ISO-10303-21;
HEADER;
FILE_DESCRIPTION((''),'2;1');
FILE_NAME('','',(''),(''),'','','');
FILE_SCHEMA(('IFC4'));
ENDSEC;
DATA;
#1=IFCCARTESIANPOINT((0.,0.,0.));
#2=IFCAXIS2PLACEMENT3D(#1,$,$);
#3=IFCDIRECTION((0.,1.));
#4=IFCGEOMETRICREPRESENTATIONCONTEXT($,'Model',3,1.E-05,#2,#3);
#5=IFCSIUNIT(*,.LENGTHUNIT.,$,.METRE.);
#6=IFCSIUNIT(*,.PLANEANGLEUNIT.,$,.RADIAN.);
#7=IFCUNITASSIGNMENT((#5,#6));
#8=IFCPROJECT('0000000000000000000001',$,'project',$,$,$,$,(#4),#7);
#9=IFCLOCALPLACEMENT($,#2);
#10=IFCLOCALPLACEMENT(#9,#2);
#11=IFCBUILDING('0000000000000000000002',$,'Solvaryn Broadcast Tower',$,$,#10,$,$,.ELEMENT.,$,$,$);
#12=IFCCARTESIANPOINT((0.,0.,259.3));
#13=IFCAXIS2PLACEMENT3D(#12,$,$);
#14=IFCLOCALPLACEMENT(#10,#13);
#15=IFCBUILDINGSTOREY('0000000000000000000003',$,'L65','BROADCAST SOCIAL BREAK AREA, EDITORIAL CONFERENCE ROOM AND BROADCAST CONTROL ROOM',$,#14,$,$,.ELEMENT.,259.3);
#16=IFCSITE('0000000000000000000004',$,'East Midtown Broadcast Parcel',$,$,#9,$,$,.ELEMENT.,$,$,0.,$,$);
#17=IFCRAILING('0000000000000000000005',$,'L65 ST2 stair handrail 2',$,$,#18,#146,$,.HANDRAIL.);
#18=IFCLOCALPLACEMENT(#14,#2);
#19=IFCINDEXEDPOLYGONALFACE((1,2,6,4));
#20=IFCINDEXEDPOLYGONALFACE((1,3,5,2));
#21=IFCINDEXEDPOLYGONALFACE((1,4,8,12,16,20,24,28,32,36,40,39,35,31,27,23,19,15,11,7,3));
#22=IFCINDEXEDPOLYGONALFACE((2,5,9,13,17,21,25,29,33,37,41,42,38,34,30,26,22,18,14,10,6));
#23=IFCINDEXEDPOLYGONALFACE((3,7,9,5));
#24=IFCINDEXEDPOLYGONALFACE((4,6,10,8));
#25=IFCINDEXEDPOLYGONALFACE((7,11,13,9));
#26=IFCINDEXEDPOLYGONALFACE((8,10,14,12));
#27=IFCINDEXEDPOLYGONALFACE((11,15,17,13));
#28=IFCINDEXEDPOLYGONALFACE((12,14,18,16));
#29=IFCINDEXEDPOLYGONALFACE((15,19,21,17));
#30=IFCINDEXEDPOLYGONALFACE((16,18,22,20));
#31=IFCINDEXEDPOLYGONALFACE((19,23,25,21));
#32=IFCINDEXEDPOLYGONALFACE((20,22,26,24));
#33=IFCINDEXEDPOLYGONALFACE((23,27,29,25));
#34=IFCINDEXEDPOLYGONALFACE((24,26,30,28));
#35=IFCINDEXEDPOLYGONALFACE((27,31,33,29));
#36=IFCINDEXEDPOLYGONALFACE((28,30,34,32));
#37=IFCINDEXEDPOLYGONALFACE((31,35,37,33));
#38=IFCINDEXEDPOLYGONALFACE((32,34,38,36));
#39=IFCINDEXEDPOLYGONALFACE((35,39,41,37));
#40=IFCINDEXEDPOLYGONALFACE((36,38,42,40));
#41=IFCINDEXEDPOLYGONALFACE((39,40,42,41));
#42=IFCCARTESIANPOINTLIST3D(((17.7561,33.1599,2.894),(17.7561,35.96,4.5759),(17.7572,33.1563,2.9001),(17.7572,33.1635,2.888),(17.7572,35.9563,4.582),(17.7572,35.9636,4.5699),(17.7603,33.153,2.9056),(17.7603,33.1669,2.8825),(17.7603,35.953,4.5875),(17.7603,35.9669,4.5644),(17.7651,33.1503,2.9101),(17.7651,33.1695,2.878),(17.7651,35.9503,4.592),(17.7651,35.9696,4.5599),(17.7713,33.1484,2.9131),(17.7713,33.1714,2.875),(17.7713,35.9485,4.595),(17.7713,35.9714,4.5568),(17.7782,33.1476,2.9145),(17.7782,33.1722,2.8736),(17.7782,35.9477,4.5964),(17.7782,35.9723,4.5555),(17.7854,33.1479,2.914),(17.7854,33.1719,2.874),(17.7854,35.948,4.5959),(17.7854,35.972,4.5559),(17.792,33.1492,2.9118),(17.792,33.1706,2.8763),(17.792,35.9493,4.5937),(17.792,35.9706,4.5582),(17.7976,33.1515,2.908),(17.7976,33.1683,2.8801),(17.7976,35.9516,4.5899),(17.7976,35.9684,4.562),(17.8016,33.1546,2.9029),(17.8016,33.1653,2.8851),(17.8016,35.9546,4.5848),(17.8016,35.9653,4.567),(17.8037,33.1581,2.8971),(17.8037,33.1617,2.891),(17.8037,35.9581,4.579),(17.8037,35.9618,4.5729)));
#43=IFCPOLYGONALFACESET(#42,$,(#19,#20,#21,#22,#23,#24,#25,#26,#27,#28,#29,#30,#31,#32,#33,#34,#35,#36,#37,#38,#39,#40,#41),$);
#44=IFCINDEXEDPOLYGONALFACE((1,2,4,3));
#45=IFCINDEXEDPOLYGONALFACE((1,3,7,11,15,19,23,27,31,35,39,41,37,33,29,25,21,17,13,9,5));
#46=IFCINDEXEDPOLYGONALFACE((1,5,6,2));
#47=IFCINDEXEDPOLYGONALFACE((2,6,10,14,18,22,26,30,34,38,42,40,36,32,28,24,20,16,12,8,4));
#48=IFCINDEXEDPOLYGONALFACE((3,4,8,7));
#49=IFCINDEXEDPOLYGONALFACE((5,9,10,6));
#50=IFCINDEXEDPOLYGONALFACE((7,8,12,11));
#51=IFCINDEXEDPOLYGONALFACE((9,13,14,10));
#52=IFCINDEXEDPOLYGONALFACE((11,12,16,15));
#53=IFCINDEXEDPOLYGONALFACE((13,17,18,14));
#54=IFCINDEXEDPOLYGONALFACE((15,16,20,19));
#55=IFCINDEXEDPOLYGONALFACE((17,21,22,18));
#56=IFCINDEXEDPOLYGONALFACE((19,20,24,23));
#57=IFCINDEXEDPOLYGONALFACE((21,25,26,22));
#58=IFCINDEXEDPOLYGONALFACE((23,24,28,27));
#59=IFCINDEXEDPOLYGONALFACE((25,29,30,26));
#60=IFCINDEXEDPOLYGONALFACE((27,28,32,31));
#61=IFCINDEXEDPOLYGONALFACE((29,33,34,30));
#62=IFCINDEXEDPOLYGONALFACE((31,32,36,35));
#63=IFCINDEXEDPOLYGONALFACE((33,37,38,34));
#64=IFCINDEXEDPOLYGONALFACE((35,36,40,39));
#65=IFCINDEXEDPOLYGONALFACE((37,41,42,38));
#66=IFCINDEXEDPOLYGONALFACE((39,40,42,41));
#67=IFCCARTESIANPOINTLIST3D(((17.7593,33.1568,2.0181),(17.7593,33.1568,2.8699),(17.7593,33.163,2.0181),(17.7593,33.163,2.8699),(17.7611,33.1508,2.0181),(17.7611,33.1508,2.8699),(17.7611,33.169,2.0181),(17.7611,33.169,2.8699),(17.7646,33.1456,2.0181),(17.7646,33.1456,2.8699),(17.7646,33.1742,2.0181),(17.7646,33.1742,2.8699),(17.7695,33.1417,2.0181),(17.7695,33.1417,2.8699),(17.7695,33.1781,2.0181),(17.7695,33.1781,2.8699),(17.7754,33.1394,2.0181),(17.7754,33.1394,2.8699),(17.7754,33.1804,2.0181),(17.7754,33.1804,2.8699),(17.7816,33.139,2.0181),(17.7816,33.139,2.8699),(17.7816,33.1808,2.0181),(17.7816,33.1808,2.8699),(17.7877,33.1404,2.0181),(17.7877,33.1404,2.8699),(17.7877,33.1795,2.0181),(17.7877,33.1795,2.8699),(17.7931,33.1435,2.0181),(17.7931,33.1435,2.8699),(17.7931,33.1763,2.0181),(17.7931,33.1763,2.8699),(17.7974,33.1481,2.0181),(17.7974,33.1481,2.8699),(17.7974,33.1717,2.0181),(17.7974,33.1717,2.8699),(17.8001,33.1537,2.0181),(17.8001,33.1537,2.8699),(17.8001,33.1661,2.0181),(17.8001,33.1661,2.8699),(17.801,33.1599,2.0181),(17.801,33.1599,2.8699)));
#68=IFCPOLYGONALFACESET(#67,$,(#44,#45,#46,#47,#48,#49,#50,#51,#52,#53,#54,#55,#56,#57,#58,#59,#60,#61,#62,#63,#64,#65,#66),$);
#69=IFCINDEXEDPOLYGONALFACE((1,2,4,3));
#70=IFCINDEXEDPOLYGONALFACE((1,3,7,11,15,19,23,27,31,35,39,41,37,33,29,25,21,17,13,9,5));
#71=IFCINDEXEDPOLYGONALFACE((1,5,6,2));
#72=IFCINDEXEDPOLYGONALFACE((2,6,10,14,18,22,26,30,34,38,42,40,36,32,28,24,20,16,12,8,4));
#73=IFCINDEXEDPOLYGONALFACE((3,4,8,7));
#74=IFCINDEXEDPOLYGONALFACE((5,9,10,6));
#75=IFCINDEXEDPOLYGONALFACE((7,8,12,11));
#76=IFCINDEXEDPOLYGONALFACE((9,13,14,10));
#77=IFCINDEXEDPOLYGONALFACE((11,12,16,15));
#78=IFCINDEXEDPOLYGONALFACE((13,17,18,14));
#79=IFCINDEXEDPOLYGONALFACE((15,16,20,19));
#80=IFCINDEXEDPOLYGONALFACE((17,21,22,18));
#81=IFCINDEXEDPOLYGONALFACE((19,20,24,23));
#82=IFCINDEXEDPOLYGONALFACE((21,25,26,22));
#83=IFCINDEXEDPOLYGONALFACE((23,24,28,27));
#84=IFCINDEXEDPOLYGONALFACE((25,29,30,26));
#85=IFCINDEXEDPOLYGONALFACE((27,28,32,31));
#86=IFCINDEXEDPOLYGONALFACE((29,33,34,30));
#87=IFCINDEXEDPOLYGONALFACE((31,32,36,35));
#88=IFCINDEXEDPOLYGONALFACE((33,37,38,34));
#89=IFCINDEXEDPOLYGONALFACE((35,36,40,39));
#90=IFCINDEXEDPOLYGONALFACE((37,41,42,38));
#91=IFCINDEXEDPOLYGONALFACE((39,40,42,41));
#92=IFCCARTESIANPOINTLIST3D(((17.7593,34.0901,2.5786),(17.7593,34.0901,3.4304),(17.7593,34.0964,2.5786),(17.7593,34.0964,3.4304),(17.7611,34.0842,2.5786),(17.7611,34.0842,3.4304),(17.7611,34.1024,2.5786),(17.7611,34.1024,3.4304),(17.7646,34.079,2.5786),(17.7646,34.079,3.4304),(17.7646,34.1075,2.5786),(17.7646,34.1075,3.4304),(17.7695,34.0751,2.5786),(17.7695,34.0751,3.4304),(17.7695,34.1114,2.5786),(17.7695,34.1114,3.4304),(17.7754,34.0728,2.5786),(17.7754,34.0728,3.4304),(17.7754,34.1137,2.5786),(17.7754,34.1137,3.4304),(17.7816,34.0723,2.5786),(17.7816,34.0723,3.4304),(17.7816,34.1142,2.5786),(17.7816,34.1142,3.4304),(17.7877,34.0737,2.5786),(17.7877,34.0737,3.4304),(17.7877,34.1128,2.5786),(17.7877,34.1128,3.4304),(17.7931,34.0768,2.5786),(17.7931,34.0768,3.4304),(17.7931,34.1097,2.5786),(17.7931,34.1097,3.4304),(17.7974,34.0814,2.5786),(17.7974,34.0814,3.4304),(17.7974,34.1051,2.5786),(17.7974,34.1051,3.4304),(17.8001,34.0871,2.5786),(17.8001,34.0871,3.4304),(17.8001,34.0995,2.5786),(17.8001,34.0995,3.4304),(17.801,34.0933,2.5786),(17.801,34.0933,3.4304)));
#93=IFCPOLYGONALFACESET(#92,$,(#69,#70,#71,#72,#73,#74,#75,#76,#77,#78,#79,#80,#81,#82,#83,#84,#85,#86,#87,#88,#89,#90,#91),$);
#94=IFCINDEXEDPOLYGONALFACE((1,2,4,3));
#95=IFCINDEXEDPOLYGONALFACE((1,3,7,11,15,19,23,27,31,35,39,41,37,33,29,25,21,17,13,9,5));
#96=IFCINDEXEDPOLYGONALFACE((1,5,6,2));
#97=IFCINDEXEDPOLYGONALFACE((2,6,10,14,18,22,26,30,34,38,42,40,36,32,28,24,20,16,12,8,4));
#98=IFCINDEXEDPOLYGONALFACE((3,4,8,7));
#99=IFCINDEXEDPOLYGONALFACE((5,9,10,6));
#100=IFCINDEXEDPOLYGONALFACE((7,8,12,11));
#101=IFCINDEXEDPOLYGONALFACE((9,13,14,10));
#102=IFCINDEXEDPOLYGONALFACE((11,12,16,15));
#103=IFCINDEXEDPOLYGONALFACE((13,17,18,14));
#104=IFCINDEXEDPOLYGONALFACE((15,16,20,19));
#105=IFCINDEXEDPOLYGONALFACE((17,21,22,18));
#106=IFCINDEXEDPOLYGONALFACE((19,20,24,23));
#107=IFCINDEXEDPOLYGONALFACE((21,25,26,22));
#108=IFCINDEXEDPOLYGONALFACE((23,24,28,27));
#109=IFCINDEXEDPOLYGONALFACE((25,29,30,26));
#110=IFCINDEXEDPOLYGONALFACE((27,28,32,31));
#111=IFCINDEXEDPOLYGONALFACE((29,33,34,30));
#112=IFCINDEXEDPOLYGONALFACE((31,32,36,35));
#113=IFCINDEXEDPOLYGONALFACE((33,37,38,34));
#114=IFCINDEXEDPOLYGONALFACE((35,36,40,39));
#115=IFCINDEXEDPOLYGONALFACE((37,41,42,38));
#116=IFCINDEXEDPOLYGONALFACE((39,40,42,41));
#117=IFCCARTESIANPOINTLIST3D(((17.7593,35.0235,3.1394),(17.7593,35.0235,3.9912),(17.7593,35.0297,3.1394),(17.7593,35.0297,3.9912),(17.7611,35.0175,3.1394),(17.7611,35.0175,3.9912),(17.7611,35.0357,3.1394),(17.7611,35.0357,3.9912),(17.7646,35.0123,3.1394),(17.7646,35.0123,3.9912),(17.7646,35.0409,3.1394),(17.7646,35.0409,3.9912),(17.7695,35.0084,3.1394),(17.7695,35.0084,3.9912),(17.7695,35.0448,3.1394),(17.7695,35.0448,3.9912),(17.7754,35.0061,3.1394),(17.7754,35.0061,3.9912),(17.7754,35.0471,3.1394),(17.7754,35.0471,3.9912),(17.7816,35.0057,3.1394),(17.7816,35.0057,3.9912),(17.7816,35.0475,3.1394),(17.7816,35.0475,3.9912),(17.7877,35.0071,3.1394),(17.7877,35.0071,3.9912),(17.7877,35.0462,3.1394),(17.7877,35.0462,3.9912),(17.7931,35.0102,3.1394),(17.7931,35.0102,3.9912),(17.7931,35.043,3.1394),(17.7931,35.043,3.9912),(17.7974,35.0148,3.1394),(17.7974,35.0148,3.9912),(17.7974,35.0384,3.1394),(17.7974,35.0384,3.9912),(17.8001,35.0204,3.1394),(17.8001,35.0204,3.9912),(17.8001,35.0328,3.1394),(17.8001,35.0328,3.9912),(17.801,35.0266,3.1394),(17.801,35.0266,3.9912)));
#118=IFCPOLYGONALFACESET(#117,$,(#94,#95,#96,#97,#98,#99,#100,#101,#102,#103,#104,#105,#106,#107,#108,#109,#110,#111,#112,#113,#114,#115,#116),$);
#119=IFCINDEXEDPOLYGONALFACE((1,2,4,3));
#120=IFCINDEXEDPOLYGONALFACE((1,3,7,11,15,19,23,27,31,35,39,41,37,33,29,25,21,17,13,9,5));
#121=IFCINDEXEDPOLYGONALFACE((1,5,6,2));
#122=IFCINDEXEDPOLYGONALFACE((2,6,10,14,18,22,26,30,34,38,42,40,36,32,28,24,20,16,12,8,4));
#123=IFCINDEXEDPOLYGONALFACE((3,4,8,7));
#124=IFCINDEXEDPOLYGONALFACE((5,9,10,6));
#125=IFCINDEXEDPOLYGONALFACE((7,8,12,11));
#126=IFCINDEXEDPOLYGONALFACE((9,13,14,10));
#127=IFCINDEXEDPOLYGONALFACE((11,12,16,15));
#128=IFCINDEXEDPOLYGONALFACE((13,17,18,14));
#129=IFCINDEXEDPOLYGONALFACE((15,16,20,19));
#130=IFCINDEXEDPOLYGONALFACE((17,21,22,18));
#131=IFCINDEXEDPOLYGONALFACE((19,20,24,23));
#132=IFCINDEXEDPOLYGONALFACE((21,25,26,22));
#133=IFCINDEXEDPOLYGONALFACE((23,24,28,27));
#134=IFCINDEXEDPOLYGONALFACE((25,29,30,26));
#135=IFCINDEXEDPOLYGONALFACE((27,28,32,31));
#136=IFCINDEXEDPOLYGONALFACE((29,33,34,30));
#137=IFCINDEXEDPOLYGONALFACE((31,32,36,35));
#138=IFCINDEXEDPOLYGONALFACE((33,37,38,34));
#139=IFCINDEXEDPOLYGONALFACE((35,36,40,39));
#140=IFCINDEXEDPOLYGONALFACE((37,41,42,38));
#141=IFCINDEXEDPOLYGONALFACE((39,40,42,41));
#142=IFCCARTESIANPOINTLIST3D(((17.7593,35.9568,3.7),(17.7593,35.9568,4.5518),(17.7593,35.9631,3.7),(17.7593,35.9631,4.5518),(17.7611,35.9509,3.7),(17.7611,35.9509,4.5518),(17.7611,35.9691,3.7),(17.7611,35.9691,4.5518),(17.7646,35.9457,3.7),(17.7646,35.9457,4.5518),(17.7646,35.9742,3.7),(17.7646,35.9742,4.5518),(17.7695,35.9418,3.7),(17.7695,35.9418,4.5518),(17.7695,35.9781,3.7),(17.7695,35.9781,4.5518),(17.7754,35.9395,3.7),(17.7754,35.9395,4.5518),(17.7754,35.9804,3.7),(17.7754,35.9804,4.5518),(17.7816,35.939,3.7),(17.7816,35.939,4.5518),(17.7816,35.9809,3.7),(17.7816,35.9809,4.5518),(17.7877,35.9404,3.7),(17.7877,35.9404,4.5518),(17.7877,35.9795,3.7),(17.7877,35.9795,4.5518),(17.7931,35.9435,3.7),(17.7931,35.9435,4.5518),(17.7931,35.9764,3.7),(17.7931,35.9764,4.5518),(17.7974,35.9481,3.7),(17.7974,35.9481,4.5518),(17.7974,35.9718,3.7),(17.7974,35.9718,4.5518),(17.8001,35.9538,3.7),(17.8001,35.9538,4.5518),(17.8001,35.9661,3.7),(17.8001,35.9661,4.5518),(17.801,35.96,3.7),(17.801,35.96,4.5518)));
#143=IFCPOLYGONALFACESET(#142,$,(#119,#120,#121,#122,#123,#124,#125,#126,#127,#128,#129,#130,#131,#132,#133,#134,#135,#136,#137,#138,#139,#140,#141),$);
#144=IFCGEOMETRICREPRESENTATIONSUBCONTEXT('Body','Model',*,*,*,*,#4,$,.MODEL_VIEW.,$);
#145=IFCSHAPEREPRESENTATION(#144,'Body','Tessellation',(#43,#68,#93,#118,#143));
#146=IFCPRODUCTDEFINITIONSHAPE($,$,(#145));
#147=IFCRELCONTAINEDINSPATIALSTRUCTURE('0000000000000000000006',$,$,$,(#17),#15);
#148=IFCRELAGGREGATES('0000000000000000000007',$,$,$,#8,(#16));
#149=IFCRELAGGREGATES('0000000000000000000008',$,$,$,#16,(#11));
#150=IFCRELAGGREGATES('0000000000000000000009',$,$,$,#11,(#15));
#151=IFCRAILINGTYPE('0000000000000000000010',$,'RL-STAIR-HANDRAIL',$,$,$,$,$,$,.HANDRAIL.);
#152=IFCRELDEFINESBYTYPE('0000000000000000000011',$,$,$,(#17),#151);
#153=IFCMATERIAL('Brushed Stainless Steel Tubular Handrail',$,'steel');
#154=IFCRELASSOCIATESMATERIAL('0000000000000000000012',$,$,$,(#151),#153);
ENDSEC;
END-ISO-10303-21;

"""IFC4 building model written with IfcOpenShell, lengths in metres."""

from ifc_helpers import new_model, si_unit, direction, frame, origin, origin_2d, place, context, subcontext, project, spatial, circle, extrude, material, type_object, element, save


model = new_model("IFC4")

# Units and contexts
model_context = context("Model", 3, precision=1e-05, world=origin(), true_north=direction((0.0, 1.0)))
body_context = subcontext(model_context, "Body", "Model", "MODEL_VIEW")
ifc_project = project(units=[si_unit("LENGTHUNIT", "METRE"), si_unit("PLANEANGLEUNIT", "RADIAN")], contexts=[model_context])

# Site, building, storey
site_placement = place(None, origin())
site = spatial("IfcSite", under=ifc_project, at=site_placement, Name="East Midtown Broadcast Parcel", CompositionType="ELEMENT", RefElevation=0.0)
building_placement = place(site_placement, origin())
building = spatial("IfcBuilding", under=site, at=building_placement, Name="Solvaryn Broadcast Tower", CompositionType="ELEMENT")
storey_placement = place(building_placement, frame((0.0, 0.0, 259.3)))
storey = spatial("IfcBuildingStorey", under=building, at=storey_placement, Name="L65", Description="BROADCAST SOCIAL BREAK AREA, EDITORIAL CONFERENCE ROOM AND BROADCAST CONTROL ROOM", CompositionType="ELEMENT", Elevation=259.3)

# Railing
ifc_material_1 = material(Name="Brushed Stainless Steel Tubular Handrail", Category="steel")
railing_type_1 = type_object("IfcRailingType", Name="RL-STAIR-HANDRAIL", PredefinedType="HANDRAIL", material=ifc_material_1)
railing_1_placement = place(storey_placement, frame((17.78, 33.1599, 2.0181)))
element("IfcRailing", 1, at=railing_1_placement, inside=storey, type_object=railing_type_1, Name="L65 ST2 stair handrail 2", PredefinedType="HANDRAIL", context=body_context, shape_type="SweptSolid", body=[
    extrude(circle(Radius=0.0239, at=origin_2d()), frame((0.0, 0.0, 0.876), z_axis=(0.0, 0.857242, 0.514913), x_axis=(-1.0, 0.0, 0.0)), (0.0, 0.0, 1.0), 3.2664),
    extrude(circle(Radius=0.021, at=origin_2d()), origin(), (0.0, 0.0, 1.0), 0.8518),
    extrude(circle(Radius=0.021, at=origin_2d()), frame((0.0, 0.9333, 0.5605)), (0.0, 0.0, 1.0), 0.8518),
    extrude(circle(Radius=0.021, at=origin_2d()), frame((0.0, 1.8667, 1.1213)), (0.0, 0.0, 1.0), 0.8518),
    extrude(circle(Radius=0.021, at=origin_2d()), frame((0.0, 2.8, 1.6819)), (0.0, 0.0, 1.0), 0.8518),
])

save(model, "model.ifc")
